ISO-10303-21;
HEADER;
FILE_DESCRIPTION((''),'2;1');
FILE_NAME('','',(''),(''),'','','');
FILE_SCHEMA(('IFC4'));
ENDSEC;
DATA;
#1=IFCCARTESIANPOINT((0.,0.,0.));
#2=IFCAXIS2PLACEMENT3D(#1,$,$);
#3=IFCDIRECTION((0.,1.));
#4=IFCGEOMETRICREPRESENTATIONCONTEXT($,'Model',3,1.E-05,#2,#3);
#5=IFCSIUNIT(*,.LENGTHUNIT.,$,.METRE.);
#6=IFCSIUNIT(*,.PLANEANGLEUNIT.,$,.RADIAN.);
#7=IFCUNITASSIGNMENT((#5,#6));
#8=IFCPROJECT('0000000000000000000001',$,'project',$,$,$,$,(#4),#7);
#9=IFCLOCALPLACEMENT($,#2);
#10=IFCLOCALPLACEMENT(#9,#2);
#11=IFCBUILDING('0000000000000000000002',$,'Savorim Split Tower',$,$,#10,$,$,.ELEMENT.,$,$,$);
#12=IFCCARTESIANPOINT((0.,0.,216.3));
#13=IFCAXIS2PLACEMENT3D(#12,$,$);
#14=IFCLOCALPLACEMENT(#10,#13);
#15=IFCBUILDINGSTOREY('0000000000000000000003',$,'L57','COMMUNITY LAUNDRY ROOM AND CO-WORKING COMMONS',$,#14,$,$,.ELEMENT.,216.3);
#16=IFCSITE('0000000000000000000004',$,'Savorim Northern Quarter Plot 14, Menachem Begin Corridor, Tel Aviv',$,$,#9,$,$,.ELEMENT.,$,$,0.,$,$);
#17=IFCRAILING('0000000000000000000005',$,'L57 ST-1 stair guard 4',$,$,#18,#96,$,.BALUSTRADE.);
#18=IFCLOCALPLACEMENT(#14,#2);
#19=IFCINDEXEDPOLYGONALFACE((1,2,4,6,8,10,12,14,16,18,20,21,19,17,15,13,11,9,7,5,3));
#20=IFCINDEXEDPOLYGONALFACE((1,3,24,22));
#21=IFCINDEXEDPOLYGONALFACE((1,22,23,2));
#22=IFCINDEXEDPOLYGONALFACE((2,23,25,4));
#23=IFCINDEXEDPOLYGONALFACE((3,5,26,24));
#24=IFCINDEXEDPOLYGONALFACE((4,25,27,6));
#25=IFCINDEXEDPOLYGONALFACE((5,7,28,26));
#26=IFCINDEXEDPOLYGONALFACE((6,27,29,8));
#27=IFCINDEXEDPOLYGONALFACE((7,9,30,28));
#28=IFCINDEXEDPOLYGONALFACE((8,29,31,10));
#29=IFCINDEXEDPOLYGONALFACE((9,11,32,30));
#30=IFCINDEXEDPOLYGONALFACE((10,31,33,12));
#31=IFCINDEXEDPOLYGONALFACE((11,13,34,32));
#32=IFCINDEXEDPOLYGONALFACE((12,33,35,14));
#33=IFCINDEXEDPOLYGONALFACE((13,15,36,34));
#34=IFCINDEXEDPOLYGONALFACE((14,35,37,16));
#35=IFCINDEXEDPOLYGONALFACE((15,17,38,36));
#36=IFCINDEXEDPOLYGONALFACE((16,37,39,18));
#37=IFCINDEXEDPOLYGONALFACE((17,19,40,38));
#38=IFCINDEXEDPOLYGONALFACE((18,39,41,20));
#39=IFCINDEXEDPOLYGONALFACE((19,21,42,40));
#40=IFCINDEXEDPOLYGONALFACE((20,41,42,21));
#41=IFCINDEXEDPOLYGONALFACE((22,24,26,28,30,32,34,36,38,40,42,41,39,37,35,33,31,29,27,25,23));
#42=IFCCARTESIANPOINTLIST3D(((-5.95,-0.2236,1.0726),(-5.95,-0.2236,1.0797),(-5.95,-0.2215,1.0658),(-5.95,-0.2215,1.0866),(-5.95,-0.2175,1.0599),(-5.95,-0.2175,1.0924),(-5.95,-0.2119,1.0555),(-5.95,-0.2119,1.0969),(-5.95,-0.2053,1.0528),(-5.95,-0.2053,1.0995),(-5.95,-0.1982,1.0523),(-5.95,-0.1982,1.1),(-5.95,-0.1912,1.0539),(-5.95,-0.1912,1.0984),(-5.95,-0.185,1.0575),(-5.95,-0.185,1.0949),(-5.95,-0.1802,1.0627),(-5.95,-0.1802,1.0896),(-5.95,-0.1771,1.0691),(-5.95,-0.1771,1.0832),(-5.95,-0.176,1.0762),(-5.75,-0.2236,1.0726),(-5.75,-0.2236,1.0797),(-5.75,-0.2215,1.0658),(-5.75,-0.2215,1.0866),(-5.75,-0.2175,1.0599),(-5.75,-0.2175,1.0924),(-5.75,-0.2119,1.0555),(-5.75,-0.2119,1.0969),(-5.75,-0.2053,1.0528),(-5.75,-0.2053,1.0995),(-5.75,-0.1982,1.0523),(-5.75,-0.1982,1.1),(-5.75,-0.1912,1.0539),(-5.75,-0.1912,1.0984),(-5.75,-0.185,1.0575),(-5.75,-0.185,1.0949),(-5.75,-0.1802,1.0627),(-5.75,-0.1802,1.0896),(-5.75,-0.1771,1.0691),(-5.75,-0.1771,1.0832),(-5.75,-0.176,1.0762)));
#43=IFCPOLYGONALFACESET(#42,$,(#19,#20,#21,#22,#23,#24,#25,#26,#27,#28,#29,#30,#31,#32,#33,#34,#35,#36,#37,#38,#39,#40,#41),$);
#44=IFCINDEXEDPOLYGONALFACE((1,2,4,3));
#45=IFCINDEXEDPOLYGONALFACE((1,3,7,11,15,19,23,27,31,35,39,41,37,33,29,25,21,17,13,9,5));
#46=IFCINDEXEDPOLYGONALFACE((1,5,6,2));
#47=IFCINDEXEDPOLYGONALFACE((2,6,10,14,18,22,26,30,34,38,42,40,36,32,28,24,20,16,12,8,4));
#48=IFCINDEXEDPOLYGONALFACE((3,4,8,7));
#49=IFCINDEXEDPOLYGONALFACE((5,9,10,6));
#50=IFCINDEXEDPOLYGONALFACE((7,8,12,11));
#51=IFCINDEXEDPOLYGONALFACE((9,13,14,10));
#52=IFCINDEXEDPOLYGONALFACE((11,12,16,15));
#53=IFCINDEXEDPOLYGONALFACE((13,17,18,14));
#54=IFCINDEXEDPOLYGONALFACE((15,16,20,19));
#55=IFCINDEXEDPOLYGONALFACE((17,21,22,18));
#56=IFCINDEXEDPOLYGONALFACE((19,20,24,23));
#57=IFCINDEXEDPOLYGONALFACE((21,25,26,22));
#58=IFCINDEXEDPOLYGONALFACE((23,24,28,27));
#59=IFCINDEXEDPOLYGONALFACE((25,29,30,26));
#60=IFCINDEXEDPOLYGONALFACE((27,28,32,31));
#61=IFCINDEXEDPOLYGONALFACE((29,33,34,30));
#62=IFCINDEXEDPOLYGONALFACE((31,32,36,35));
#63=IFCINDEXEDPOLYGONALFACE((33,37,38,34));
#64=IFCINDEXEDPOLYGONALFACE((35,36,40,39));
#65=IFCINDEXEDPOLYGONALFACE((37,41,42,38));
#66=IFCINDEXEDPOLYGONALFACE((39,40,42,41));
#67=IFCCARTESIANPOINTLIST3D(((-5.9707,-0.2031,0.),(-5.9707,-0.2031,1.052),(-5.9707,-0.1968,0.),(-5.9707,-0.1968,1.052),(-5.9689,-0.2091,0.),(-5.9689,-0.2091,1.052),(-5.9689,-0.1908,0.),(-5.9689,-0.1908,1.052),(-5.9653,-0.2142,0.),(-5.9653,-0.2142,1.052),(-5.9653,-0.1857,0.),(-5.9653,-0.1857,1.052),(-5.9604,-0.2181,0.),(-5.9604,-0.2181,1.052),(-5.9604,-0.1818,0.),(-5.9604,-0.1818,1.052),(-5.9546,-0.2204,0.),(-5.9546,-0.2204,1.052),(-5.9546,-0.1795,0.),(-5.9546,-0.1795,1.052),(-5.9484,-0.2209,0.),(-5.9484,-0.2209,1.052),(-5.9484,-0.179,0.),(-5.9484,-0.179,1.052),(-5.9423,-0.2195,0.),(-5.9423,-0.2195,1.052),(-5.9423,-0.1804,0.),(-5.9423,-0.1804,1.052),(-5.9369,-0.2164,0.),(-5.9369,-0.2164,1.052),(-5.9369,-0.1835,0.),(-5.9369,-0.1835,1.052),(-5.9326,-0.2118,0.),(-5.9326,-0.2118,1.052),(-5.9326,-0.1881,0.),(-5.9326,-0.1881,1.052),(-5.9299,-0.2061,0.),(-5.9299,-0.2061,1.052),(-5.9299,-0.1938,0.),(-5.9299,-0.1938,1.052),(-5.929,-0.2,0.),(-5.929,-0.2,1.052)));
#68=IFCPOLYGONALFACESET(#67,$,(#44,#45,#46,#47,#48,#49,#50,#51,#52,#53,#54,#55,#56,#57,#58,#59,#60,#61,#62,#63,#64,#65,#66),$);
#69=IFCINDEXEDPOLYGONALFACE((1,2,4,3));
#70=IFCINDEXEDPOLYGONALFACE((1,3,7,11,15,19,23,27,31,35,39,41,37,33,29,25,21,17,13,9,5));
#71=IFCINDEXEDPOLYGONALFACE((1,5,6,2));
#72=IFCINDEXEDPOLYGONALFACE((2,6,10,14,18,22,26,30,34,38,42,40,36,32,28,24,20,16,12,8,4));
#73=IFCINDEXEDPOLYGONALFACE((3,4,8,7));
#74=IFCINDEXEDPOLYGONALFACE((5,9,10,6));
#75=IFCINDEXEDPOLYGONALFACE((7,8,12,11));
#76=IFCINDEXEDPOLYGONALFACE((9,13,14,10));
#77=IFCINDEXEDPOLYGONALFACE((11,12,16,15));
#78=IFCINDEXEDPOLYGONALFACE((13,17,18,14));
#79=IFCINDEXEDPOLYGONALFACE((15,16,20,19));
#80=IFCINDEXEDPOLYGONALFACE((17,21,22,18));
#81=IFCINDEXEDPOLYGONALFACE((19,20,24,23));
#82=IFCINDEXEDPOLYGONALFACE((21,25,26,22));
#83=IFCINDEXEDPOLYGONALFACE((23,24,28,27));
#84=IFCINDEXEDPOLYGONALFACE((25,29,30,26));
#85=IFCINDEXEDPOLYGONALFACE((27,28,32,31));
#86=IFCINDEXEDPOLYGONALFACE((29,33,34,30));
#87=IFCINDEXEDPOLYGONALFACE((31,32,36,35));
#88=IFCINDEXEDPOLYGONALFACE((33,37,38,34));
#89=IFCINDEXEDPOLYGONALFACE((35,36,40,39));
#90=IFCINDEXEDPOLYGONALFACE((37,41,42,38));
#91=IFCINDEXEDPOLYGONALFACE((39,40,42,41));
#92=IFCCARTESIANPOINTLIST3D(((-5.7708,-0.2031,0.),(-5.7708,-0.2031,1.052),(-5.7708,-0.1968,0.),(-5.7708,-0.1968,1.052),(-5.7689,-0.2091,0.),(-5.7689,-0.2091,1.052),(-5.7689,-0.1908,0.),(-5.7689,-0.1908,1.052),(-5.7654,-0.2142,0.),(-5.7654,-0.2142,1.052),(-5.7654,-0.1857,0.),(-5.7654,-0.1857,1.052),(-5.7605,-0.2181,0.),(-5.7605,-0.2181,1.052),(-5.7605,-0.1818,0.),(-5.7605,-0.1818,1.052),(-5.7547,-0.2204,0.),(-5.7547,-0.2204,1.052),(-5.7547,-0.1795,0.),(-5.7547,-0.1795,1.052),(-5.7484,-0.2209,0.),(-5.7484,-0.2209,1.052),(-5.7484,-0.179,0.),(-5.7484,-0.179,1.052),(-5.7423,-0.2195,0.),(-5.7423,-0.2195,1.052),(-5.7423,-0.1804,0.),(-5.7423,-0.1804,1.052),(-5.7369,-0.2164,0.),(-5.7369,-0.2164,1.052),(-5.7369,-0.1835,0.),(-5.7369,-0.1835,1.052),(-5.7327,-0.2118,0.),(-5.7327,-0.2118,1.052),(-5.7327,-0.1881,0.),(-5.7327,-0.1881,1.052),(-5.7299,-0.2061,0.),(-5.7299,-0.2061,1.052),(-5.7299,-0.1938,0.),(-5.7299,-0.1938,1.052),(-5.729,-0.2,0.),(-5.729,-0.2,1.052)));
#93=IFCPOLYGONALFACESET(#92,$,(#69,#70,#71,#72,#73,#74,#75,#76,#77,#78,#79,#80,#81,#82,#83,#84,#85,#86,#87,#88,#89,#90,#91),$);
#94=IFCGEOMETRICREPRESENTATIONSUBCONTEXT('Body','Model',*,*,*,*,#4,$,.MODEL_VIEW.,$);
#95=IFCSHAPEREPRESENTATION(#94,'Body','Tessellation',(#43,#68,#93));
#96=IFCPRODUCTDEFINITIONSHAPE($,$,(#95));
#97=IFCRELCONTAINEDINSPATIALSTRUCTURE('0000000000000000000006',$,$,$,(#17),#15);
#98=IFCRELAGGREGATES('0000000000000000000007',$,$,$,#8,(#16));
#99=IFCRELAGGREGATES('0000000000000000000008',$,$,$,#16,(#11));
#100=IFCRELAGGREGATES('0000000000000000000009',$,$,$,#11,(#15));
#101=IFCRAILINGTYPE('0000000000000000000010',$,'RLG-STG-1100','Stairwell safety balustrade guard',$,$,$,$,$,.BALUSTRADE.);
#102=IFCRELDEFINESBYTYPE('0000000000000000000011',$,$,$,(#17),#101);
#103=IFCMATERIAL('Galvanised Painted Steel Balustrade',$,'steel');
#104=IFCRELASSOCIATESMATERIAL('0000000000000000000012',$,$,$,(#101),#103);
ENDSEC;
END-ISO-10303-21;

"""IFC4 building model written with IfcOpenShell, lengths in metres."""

from ifc_helpers import new_model, si_unit, direction, frame, origin, origin_2d, place, context, subcontext, project, spatial, circle, extrude, material, type_object, element, save


model = new_model("IFC4")

# Units and contexts
model_context = context("Model", 3, precision=1e-05, world=origin(), true_north=direction((0.0, 1.0)))
body_context = subcontext(model_context, "Body", "Model", "MODEL_VIEW")
ifc_project = project(units=[si_unit("LENGTHUNIT", "METRE"), si_unit("PLANEANGLEUNIT", "RADIAN")], contexts=[model_context])

# Site, building, storey
site_placement = place(None, origin())
site = spatial("IfcSite", under=ifc_project, at=site_placement, Name="Savorim Northern Quarter Plot 14, Menachem Begin Corridor, Tel Aviv", CompositionType="ELEMENT", RefElevation=0.0)
building_placement = place(site_placement, origin())
building = spatial("IfcBuilding", under=site, at=building_placement, Name="Savorim Split Tower", CompositionType="ELEMENT")
storey_placement = place(building_placement, frame((0.0, 0.0, 216.3)))
storey = spatial("IfcBuildingStorey", under=building, at=storey_placement, Name="L57", Description="COMMUNITY LAUNDRY ROOM AND CO-WORKING COMMONS", CompositionType="ELEMENT", Elevation=216.3)

# Railing
ifc_material_1 = material(Name="Galvanised Painted Steel Balustrade", Category="steel")
railing_type_1 = type_object("IfcRailingType", Name="RLG-STG-1100", Description="Stairwell safety balustrade guard", PredefinedType="BALUSTRADE", material=ifc_material_1)
railing_1_placement = place(storey_placement, frame((-5.95, -0.2, 0.0)))
element("IfcRailing", 1, at=railing_1_placement, inside=storey, type_object=railing_type_1, Name="L57 ST-1 stair guard 4", PredefinedType="BALUSTRADE", context=body_context, shape_type="SweptSolid", body=[
    extrude(circle(Radius=0.0239, at=origin_2d()), frame((0.0, 0.0, 1.0762), z_axis=(1.0, 0.0, 0.0), x_axis=(0.0, 1.0, 0.0)), (0.0, 0.0, 1.0), 0.2),
    extrude(circle(Radius=0.021, at=origin_2d()), origin(), (0.0, 0.0, 1.0), 1.052),
    extrude(circle(Radius=0.021, at=origin_2d()), frame((0.2, 0.0, 0.0)), (0.0, 0.0, 1.0), 1.052),
])

save(model, "model.ifc")
